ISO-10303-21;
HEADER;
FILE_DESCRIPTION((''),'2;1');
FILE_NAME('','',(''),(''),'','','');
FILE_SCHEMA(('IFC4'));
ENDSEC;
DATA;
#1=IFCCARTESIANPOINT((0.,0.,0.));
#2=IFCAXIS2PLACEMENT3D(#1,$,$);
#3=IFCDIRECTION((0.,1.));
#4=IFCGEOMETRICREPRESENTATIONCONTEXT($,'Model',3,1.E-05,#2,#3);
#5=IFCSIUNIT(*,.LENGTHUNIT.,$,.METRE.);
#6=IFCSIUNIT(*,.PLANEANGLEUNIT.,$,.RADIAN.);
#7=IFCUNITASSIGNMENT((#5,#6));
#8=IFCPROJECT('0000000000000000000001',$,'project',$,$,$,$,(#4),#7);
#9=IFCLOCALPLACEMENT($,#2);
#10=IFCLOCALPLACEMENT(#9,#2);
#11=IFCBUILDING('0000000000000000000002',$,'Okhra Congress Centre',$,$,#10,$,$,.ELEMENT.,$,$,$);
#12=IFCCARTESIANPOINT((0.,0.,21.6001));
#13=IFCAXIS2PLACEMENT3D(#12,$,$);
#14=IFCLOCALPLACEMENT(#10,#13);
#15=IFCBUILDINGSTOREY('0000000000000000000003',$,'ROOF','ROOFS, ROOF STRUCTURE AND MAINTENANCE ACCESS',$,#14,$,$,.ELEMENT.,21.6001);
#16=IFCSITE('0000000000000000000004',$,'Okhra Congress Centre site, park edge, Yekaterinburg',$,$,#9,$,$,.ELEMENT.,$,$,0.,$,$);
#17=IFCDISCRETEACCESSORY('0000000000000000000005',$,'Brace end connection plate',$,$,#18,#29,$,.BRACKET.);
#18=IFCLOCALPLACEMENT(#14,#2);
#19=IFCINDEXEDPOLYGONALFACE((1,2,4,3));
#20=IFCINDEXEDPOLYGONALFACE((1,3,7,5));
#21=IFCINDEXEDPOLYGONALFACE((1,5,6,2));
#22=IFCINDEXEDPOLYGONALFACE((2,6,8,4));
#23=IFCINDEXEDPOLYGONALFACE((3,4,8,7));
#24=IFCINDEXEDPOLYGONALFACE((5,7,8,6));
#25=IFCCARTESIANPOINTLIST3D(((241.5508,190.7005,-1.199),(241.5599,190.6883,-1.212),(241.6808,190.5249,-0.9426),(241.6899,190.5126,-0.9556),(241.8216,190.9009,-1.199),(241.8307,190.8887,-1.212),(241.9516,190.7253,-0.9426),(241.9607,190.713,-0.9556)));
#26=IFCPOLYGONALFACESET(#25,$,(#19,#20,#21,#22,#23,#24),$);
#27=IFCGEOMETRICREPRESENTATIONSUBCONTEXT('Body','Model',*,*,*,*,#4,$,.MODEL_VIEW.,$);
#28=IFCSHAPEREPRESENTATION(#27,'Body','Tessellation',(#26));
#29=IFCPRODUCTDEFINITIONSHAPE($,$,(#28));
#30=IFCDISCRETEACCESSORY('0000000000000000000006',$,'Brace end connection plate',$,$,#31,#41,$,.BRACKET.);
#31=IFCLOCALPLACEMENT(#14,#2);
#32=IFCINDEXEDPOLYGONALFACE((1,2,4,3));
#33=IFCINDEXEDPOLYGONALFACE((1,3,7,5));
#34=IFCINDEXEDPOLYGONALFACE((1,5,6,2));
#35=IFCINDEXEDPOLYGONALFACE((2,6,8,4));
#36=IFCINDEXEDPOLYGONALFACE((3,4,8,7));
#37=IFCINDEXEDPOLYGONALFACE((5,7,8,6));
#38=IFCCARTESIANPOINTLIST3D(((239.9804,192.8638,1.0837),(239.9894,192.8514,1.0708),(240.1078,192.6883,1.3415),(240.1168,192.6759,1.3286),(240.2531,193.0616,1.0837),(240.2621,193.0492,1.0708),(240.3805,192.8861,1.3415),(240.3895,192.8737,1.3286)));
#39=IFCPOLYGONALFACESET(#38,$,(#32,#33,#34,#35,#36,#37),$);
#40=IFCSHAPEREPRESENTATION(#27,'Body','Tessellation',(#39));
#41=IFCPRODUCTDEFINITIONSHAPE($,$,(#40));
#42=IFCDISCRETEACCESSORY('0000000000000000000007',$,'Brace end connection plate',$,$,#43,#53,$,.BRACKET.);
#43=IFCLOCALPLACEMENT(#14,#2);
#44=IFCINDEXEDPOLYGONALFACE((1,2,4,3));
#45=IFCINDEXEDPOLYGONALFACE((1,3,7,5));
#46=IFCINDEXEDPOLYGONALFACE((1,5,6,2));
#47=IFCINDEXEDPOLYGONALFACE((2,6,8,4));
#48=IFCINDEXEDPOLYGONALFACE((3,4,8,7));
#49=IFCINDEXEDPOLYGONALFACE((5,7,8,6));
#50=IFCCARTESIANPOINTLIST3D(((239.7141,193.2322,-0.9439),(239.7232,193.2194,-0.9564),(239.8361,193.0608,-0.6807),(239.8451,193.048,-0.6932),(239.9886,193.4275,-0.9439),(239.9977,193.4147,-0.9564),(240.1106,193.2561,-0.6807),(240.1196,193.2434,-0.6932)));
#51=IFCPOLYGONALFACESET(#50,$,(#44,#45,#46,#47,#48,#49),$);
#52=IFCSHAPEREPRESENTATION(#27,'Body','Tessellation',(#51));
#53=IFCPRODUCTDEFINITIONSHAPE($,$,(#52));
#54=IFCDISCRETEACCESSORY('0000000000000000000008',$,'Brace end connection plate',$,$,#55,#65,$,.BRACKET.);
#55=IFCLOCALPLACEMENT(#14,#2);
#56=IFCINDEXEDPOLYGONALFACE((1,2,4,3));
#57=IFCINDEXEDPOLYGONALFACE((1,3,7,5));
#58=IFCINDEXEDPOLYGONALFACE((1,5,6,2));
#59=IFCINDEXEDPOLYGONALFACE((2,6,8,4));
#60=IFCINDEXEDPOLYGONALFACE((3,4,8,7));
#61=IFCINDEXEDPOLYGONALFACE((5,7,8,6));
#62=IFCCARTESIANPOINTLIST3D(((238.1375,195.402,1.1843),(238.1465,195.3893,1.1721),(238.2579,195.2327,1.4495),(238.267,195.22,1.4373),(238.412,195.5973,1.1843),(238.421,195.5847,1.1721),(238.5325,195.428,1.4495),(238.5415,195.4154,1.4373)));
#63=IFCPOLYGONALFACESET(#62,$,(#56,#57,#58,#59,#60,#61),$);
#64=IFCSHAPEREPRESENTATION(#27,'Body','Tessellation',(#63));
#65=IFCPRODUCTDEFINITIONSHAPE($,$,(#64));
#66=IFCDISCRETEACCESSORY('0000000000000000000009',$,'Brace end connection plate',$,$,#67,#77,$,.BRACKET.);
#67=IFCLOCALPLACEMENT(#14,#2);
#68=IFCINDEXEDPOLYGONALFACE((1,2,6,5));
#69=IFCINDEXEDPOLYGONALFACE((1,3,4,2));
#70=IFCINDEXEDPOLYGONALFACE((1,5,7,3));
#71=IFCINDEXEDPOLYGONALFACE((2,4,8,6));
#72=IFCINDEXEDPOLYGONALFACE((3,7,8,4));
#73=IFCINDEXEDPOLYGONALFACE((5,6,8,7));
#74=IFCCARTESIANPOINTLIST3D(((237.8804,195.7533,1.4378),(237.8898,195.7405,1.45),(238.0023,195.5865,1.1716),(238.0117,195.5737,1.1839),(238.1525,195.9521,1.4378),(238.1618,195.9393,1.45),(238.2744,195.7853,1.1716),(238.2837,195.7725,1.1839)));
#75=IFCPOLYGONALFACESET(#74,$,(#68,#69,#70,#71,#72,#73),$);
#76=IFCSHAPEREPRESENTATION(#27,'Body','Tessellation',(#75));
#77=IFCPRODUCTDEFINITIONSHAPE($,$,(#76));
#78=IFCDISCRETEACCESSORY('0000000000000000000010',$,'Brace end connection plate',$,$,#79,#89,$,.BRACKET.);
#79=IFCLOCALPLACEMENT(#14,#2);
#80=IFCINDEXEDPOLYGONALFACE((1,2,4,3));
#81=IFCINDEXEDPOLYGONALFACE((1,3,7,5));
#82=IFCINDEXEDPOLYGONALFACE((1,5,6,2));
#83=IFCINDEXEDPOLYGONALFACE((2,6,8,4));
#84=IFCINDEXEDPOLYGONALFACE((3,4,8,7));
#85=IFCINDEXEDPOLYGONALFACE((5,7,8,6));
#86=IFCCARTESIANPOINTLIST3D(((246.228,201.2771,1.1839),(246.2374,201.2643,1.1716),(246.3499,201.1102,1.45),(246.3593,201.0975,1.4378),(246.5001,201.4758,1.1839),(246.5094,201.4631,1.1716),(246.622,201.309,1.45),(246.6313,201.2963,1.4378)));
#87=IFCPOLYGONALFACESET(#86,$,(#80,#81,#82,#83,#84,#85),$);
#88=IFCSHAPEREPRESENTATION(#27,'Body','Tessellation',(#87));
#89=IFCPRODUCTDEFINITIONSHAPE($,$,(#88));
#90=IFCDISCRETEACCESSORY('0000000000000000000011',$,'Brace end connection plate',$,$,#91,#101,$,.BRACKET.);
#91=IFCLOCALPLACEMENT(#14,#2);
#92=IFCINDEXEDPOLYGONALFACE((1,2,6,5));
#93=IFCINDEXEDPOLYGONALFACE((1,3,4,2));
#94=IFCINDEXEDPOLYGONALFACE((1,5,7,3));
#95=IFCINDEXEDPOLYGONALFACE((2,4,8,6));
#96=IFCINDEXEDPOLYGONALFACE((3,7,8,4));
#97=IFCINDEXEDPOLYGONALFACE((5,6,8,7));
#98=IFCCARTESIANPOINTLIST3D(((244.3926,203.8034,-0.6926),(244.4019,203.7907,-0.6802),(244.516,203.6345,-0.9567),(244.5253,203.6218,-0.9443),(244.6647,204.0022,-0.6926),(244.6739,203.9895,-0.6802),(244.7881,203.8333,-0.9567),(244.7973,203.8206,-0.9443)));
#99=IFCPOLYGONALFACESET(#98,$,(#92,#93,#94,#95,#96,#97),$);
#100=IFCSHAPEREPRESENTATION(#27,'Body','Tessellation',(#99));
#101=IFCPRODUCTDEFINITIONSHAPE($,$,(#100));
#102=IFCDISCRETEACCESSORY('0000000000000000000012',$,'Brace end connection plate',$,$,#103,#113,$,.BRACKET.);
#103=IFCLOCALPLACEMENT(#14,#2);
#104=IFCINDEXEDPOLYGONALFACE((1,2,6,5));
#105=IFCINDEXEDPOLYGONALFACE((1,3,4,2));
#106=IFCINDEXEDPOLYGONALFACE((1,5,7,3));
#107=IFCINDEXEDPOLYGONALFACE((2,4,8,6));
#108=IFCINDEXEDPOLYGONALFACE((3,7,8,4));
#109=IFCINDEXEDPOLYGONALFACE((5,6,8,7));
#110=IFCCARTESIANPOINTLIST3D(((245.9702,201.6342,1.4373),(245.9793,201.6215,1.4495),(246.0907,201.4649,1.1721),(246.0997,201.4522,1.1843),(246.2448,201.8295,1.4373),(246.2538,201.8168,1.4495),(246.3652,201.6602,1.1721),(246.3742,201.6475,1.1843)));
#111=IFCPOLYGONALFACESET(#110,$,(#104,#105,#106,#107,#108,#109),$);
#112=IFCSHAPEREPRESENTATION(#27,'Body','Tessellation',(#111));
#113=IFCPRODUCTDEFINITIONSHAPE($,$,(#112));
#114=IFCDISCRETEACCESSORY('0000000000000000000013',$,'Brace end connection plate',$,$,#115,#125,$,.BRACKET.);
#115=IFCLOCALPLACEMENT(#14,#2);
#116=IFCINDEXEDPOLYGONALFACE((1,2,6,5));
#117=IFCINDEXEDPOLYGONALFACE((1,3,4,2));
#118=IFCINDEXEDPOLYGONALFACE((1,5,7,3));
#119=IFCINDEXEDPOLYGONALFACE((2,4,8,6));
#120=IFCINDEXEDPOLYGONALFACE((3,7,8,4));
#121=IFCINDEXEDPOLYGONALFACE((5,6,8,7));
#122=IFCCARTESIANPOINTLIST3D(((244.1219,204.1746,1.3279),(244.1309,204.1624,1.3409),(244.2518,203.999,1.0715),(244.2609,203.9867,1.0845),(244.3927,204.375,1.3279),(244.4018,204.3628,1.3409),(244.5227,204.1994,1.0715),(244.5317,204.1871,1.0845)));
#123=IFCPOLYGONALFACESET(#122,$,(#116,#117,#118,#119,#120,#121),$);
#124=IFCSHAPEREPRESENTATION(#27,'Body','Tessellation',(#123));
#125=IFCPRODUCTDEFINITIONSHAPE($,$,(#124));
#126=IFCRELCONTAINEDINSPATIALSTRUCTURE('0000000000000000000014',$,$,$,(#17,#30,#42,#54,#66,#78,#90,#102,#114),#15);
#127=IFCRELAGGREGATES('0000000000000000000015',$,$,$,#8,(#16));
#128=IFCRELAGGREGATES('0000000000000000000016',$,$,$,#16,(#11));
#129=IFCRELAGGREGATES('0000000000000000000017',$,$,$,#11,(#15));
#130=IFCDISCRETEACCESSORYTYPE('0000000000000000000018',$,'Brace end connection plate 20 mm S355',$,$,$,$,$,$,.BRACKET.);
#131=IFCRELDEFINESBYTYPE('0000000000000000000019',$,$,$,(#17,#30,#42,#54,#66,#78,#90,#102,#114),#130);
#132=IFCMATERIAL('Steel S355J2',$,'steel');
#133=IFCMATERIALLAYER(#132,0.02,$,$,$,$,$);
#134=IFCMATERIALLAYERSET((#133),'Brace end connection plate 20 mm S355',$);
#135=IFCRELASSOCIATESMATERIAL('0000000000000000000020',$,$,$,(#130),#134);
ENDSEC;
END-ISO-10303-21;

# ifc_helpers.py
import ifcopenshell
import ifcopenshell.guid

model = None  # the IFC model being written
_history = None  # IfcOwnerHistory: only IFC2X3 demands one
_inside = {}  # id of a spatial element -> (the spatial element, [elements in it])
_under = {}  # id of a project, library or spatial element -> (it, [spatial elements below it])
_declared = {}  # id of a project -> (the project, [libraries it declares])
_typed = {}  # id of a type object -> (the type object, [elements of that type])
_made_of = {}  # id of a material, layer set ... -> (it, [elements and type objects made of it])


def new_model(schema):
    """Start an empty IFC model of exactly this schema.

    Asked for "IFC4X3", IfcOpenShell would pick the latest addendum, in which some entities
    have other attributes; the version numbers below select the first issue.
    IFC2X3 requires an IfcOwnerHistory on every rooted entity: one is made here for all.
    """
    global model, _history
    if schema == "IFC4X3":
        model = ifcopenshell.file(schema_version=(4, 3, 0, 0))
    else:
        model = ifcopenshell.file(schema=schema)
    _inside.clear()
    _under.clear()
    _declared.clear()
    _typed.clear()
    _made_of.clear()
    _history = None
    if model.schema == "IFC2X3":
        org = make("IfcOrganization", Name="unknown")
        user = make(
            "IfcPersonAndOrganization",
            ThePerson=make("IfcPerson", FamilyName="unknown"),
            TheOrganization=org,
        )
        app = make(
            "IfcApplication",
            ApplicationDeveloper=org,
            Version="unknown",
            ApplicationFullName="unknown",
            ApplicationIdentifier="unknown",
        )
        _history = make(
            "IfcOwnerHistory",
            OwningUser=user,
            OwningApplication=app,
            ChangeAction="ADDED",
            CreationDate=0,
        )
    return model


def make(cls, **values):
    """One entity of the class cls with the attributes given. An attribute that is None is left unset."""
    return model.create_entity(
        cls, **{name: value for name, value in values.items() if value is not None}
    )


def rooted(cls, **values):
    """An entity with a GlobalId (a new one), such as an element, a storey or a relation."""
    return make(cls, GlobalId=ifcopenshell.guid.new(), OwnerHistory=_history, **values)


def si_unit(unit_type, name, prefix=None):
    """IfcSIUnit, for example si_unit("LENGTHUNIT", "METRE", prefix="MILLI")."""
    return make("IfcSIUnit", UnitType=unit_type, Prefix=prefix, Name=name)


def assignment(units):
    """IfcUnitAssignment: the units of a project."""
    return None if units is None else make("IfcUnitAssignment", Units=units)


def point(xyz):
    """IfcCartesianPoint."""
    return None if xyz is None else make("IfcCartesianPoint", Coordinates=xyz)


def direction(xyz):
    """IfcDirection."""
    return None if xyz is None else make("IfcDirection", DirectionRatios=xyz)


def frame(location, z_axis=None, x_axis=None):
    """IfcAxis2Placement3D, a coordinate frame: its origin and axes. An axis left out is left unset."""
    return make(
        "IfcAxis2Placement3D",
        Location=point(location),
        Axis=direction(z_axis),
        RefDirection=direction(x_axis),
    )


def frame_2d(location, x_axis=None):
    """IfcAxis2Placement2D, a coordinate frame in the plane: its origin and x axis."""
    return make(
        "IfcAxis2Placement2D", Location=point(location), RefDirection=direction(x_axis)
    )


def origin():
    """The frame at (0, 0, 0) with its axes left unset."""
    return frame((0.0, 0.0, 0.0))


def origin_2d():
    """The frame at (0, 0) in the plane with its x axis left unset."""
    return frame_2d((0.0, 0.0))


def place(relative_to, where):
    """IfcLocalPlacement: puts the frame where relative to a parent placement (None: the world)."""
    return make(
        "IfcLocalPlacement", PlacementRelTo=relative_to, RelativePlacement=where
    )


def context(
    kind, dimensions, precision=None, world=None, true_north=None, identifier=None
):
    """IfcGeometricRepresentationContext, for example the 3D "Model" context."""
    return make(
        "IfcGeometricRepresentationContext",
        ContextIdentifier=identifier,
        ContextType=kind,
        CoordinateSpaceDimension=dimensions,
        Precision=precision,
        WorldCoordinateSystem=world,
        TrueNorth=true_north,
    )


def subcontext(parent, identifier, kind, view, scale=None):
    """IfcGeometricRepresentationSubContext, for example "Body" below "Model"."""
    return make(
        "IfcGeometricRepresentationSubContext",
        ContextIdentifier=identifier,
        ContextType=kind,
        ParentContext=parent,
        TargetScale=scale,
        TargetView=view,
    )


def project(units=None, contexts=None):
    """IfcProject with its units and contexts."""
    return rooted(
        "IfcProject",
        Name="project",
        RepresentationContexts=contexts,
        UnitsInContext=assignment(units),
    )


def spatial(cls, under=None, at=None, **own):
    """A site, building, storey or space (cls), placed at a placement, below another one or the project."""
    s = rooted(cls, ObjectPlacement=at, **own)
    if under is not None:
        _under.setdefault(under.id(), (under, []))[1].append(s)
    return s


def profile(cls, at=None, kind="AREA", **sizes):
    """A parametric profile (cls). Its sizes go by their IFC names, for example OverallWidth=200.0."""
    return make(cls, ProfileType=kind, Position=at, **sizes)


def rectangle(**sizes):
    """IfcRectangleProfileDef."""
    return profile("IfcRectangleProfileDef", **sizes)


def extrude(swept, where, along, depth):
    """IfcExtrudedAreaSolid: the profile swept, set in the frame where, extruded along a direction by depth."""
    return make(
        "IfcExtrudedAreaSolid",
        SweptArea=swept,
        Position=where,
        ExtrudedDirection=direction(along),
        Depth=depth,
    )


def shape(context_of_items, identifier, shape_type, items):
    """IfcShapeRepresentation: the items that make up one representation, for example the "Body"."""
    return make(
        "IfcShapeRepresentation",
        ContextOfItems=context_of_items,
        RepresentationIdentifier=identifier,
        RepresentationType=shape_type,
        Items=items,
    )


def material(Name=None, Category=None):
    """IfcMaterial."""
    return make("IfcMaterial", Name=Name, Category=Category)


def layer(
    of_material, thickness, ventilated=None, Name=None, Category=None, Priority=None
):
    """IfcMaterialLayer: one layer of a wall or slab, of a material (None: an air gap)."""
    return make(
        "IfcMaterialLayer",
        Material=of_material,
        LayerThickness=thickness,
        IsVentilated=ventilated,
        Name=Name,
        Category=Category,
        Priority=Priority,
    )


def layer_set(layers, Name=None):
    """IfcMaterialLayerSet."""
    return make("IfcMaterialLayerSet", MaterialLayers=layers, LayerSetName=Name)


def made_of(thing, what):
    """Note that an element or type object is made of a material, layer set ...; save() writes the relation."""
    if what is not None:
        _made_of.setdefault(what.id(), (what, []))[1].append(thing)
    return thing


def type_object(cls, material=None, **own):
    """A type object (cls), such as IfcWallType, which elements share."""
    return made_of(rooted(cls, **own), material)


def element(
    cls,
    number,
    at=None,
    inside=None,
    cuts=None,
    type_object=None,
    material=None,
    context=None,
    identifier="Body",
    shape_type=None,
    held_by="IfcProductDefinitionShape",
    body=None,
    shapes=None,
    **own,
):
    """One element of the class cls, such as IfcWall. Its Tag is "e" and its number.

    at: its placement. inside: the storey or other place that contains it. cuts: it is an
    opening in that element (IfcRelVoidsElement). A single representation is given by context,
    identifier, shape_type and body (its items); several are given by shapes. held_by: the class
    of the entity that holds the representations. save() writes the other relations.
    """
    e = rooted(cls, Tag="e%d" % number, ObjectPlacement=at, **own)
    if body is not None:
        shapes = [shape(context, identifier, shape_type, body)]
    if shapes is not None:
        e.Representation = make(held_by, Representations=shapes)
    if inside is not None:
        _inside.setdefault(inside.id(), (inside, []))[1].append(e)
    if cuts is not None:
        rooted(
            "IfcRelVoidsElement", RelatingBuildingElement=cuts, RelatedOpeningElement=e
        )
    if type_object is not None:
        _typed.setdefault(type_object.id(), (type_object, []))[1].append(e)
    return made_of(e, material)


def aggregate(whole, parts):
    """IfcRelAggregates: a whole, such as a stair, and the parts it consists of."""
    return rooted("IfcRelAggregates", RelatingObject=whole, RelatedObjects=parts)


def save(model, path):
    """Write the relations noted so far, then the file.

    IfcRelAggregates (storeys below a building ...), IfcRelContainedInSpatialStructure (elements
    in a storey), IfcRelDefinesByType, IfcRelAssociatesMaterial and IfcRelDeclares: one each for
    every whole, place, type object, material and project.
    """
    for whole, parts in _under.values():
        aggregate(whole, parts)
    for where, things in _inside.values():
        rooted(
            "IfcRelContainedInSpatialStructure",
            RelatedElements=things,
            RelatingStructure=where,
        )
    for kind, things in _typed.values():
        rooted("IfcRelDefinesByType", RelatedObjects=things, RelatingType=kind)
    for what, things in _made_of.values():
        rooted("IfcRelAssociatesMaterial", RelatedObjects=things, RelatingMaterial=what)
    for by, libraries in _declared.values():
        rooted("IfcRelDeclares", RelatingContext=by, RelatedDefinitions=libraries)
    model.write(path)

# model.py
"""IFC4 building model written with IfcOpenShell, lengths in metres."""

from ifc_helpers import new_model, si_unit, direction, frame, origin, origin_2d, place, context, subcontext, project, spatial, rectangle, extrude, material, layer, layer_set, type_object, element, save


model = new_model("IFC4")

# Units and contexts
model_context = context("Model", 3, precision=1e-05, world=origin(), true_north=direction((0.0, 1.0)))
body_context = subcontext(model_context, "Body", "Model", "MODEL_VIEW")
ifc_project = project(units=[si_unit("LENGTHUNIT", "METRE"), si_unit("PLANEANGLEUNIT", "RADIAN")], contexts=[model_context])

# Site, building, storey
site_placement = place(None, origin())
site = spatial("IfcSite", under=ifc_project, at=site_placement, Name="Okhra Congress Centre site, park edge, Yekaterinburg", CompositionType="ELEMENT", RefElevation=0.0)
building_placement = place(site_placement, origin())
building = spatial("IfcBuilding", under=site, at=building_placement, Name="Okhra Congress Centre", CompositionType="ELEMENT")
storey_placement = place(building_placement, frame((0.0, 0.0, 21.6001)))
storey = spatial("IfcBuildingStorey", under=building, at=storey_placement, Name="ROOF", Description="ROOFS, ROOF STRUCTURE AND MAINTENANCE ACCESS", CompositionType="ELEMENT", Elevation=21.6001)

# Shared definitions
ifc_material_1 = material(Name="Steel S355J2", Category="steel")

# Discrete accessories
ifc_layer = layer(ifc_material_1, 0.02)
ifc_layer_set = layer_set([ifc_layer], Name="Brace end connection plate 20 mm S355")
discrete_accessory_type = type_object("IfcDiscreteAccessoryType", Name="Brace end connection plate 20 mm S355", PredefinedType="BRACKET", material=ifc_layer_set)
for number, where, z_axis, x_axis, name in (
    (1, (241.7512, 190.7129, -1.0708), (0.452771, -0.611853, -0.648564), (0.803842, 0.594843, 0.0), "Brace end connection plate"),
    (2, (240.1895, 192.8625, 1.1997), (-0.449385, 0.619423, 0.643714), (-0.809422, -0.587228, 0.0), "Brace end connection plate"),
    (3, (239.9124, 193.2441, -0.8123), (0.452907, -0.636517, -0.624277), (0.814791, 0.579755, 0.0), "Brace end connection plate"),
):
    element("IfcDiscreteAccessory", number, at=place(storey_placement, frame(where, z_axis=z_axis, x_axis=x_axis)), inside=storey, type_object=discrete_accessory_type, Name=name, PredefinedType="BRACKET", context=body_context, shape_type="SweptSolid", body=[
        extrude(rectangle(XDim=0.3369, YDim=0.3369, at=origin_2d()), origin(), (0.0, 0.0, 1.0), 0.02),
    ])
discrete_accessory_1_placement = place(storey_placement, frame((238.344, 195.4023, 1.3047), z_axis=(-0.456373, 0.641389, 0.61672), x_axis=(-0.814791, -0.579755, 0.0)))
element("IfcDiscreteAccessory", 4, at=discrete_accessory_1_placement, inside=storey, type_object=discrete_accessory_type, Name="Brace end connection plate", PredefinedType="BRACKET", context=body_context, shape_type="SweptSolid", body=[
    extrude(rectangle(XDim=0.3369, YDim=0.3369, at=origin_2d()), origin(), (0.0, 0.0, 1.0), 0.0198),
])
for number, where, z_axis, x_axis, name in (
    (5, (238.0774, 195.7693, 1.3047), (0.466056, -0.637761, 0.613232), (0.807391, 0.590017, 0.0), "Brace end connection plate"),
    (6, (246.4343, 201.2803, 1.3047), (-0.466056, 0.637761, 0.613232), (-0.807391, -0.590017, 0.0), "Brace end connection plate"),
    (7, (244.5996, 203.8057, -0.8123), (-0.462556, 0.632971, -0.620798), (-0.807391, -0.590017, 0.0), "Brace end connection plate"),
):
    element("IfcDiscreteAccessory", number, at=place(storey_placement, frame(where, z_axis=z_axis, x_axis=x_axis)), inside=storey, type_object=discrete_accessory_type, Name=name, PredefinedType="BRACKET", context=body_context, shape_type="SweptSolid", body=[
        extrude(rectangle(XDim=0.3369, YDim=0.3369, at=origin_2d()), origin(), (0.0, 0.0, 1.0), 0.02),
    ])
discrete_accessory_2_placement = place(storey_placement, frame((246.1677, 201.6472, 1.3047), z_axis=(0.456373, -0.641389, 0.61672), x_axis=(0.814791, 0.579755, 0.0)))
element("IfcDiscreteAccessory", 8, at=discrete_accessory_2_placement, inside=storey, type_object=discrete_accessory_type, Name="Brace end connection plate", PredefinedType="BRACKET", context=body_context, shape_type="SweptSolid", body=[
    extrude(rectangle(XDim=0.3369, YDim=0.3369, at=origin_2d()), origin(), (0.0, 0.0, 1.0), 0.0198),
])
discrete_accessory_3_placement = place(storey_placement, frame((244.3223, 204.187, 1.1997), z_axis=(0.452771, -0.611853, 0.648564), x_axis=(0.803842, 0.594843, 0.0)))
element("IfcDiscreteAccessory", 9, at=discrete_accessory_3_placement, inside=storey, type_object=discrete_accessory_type, Name="Brace end connection plate", PredefinedType="BRACKET", context=body_context, shape_type="SweptSolid", body=[
    extrude(rectangle(XDim=0.3369, YDim=0.3369, at=origin_2d()), origin(), (0.0, 0.0, 1.0), 0.02),
])

save(model, "model.ifc")
